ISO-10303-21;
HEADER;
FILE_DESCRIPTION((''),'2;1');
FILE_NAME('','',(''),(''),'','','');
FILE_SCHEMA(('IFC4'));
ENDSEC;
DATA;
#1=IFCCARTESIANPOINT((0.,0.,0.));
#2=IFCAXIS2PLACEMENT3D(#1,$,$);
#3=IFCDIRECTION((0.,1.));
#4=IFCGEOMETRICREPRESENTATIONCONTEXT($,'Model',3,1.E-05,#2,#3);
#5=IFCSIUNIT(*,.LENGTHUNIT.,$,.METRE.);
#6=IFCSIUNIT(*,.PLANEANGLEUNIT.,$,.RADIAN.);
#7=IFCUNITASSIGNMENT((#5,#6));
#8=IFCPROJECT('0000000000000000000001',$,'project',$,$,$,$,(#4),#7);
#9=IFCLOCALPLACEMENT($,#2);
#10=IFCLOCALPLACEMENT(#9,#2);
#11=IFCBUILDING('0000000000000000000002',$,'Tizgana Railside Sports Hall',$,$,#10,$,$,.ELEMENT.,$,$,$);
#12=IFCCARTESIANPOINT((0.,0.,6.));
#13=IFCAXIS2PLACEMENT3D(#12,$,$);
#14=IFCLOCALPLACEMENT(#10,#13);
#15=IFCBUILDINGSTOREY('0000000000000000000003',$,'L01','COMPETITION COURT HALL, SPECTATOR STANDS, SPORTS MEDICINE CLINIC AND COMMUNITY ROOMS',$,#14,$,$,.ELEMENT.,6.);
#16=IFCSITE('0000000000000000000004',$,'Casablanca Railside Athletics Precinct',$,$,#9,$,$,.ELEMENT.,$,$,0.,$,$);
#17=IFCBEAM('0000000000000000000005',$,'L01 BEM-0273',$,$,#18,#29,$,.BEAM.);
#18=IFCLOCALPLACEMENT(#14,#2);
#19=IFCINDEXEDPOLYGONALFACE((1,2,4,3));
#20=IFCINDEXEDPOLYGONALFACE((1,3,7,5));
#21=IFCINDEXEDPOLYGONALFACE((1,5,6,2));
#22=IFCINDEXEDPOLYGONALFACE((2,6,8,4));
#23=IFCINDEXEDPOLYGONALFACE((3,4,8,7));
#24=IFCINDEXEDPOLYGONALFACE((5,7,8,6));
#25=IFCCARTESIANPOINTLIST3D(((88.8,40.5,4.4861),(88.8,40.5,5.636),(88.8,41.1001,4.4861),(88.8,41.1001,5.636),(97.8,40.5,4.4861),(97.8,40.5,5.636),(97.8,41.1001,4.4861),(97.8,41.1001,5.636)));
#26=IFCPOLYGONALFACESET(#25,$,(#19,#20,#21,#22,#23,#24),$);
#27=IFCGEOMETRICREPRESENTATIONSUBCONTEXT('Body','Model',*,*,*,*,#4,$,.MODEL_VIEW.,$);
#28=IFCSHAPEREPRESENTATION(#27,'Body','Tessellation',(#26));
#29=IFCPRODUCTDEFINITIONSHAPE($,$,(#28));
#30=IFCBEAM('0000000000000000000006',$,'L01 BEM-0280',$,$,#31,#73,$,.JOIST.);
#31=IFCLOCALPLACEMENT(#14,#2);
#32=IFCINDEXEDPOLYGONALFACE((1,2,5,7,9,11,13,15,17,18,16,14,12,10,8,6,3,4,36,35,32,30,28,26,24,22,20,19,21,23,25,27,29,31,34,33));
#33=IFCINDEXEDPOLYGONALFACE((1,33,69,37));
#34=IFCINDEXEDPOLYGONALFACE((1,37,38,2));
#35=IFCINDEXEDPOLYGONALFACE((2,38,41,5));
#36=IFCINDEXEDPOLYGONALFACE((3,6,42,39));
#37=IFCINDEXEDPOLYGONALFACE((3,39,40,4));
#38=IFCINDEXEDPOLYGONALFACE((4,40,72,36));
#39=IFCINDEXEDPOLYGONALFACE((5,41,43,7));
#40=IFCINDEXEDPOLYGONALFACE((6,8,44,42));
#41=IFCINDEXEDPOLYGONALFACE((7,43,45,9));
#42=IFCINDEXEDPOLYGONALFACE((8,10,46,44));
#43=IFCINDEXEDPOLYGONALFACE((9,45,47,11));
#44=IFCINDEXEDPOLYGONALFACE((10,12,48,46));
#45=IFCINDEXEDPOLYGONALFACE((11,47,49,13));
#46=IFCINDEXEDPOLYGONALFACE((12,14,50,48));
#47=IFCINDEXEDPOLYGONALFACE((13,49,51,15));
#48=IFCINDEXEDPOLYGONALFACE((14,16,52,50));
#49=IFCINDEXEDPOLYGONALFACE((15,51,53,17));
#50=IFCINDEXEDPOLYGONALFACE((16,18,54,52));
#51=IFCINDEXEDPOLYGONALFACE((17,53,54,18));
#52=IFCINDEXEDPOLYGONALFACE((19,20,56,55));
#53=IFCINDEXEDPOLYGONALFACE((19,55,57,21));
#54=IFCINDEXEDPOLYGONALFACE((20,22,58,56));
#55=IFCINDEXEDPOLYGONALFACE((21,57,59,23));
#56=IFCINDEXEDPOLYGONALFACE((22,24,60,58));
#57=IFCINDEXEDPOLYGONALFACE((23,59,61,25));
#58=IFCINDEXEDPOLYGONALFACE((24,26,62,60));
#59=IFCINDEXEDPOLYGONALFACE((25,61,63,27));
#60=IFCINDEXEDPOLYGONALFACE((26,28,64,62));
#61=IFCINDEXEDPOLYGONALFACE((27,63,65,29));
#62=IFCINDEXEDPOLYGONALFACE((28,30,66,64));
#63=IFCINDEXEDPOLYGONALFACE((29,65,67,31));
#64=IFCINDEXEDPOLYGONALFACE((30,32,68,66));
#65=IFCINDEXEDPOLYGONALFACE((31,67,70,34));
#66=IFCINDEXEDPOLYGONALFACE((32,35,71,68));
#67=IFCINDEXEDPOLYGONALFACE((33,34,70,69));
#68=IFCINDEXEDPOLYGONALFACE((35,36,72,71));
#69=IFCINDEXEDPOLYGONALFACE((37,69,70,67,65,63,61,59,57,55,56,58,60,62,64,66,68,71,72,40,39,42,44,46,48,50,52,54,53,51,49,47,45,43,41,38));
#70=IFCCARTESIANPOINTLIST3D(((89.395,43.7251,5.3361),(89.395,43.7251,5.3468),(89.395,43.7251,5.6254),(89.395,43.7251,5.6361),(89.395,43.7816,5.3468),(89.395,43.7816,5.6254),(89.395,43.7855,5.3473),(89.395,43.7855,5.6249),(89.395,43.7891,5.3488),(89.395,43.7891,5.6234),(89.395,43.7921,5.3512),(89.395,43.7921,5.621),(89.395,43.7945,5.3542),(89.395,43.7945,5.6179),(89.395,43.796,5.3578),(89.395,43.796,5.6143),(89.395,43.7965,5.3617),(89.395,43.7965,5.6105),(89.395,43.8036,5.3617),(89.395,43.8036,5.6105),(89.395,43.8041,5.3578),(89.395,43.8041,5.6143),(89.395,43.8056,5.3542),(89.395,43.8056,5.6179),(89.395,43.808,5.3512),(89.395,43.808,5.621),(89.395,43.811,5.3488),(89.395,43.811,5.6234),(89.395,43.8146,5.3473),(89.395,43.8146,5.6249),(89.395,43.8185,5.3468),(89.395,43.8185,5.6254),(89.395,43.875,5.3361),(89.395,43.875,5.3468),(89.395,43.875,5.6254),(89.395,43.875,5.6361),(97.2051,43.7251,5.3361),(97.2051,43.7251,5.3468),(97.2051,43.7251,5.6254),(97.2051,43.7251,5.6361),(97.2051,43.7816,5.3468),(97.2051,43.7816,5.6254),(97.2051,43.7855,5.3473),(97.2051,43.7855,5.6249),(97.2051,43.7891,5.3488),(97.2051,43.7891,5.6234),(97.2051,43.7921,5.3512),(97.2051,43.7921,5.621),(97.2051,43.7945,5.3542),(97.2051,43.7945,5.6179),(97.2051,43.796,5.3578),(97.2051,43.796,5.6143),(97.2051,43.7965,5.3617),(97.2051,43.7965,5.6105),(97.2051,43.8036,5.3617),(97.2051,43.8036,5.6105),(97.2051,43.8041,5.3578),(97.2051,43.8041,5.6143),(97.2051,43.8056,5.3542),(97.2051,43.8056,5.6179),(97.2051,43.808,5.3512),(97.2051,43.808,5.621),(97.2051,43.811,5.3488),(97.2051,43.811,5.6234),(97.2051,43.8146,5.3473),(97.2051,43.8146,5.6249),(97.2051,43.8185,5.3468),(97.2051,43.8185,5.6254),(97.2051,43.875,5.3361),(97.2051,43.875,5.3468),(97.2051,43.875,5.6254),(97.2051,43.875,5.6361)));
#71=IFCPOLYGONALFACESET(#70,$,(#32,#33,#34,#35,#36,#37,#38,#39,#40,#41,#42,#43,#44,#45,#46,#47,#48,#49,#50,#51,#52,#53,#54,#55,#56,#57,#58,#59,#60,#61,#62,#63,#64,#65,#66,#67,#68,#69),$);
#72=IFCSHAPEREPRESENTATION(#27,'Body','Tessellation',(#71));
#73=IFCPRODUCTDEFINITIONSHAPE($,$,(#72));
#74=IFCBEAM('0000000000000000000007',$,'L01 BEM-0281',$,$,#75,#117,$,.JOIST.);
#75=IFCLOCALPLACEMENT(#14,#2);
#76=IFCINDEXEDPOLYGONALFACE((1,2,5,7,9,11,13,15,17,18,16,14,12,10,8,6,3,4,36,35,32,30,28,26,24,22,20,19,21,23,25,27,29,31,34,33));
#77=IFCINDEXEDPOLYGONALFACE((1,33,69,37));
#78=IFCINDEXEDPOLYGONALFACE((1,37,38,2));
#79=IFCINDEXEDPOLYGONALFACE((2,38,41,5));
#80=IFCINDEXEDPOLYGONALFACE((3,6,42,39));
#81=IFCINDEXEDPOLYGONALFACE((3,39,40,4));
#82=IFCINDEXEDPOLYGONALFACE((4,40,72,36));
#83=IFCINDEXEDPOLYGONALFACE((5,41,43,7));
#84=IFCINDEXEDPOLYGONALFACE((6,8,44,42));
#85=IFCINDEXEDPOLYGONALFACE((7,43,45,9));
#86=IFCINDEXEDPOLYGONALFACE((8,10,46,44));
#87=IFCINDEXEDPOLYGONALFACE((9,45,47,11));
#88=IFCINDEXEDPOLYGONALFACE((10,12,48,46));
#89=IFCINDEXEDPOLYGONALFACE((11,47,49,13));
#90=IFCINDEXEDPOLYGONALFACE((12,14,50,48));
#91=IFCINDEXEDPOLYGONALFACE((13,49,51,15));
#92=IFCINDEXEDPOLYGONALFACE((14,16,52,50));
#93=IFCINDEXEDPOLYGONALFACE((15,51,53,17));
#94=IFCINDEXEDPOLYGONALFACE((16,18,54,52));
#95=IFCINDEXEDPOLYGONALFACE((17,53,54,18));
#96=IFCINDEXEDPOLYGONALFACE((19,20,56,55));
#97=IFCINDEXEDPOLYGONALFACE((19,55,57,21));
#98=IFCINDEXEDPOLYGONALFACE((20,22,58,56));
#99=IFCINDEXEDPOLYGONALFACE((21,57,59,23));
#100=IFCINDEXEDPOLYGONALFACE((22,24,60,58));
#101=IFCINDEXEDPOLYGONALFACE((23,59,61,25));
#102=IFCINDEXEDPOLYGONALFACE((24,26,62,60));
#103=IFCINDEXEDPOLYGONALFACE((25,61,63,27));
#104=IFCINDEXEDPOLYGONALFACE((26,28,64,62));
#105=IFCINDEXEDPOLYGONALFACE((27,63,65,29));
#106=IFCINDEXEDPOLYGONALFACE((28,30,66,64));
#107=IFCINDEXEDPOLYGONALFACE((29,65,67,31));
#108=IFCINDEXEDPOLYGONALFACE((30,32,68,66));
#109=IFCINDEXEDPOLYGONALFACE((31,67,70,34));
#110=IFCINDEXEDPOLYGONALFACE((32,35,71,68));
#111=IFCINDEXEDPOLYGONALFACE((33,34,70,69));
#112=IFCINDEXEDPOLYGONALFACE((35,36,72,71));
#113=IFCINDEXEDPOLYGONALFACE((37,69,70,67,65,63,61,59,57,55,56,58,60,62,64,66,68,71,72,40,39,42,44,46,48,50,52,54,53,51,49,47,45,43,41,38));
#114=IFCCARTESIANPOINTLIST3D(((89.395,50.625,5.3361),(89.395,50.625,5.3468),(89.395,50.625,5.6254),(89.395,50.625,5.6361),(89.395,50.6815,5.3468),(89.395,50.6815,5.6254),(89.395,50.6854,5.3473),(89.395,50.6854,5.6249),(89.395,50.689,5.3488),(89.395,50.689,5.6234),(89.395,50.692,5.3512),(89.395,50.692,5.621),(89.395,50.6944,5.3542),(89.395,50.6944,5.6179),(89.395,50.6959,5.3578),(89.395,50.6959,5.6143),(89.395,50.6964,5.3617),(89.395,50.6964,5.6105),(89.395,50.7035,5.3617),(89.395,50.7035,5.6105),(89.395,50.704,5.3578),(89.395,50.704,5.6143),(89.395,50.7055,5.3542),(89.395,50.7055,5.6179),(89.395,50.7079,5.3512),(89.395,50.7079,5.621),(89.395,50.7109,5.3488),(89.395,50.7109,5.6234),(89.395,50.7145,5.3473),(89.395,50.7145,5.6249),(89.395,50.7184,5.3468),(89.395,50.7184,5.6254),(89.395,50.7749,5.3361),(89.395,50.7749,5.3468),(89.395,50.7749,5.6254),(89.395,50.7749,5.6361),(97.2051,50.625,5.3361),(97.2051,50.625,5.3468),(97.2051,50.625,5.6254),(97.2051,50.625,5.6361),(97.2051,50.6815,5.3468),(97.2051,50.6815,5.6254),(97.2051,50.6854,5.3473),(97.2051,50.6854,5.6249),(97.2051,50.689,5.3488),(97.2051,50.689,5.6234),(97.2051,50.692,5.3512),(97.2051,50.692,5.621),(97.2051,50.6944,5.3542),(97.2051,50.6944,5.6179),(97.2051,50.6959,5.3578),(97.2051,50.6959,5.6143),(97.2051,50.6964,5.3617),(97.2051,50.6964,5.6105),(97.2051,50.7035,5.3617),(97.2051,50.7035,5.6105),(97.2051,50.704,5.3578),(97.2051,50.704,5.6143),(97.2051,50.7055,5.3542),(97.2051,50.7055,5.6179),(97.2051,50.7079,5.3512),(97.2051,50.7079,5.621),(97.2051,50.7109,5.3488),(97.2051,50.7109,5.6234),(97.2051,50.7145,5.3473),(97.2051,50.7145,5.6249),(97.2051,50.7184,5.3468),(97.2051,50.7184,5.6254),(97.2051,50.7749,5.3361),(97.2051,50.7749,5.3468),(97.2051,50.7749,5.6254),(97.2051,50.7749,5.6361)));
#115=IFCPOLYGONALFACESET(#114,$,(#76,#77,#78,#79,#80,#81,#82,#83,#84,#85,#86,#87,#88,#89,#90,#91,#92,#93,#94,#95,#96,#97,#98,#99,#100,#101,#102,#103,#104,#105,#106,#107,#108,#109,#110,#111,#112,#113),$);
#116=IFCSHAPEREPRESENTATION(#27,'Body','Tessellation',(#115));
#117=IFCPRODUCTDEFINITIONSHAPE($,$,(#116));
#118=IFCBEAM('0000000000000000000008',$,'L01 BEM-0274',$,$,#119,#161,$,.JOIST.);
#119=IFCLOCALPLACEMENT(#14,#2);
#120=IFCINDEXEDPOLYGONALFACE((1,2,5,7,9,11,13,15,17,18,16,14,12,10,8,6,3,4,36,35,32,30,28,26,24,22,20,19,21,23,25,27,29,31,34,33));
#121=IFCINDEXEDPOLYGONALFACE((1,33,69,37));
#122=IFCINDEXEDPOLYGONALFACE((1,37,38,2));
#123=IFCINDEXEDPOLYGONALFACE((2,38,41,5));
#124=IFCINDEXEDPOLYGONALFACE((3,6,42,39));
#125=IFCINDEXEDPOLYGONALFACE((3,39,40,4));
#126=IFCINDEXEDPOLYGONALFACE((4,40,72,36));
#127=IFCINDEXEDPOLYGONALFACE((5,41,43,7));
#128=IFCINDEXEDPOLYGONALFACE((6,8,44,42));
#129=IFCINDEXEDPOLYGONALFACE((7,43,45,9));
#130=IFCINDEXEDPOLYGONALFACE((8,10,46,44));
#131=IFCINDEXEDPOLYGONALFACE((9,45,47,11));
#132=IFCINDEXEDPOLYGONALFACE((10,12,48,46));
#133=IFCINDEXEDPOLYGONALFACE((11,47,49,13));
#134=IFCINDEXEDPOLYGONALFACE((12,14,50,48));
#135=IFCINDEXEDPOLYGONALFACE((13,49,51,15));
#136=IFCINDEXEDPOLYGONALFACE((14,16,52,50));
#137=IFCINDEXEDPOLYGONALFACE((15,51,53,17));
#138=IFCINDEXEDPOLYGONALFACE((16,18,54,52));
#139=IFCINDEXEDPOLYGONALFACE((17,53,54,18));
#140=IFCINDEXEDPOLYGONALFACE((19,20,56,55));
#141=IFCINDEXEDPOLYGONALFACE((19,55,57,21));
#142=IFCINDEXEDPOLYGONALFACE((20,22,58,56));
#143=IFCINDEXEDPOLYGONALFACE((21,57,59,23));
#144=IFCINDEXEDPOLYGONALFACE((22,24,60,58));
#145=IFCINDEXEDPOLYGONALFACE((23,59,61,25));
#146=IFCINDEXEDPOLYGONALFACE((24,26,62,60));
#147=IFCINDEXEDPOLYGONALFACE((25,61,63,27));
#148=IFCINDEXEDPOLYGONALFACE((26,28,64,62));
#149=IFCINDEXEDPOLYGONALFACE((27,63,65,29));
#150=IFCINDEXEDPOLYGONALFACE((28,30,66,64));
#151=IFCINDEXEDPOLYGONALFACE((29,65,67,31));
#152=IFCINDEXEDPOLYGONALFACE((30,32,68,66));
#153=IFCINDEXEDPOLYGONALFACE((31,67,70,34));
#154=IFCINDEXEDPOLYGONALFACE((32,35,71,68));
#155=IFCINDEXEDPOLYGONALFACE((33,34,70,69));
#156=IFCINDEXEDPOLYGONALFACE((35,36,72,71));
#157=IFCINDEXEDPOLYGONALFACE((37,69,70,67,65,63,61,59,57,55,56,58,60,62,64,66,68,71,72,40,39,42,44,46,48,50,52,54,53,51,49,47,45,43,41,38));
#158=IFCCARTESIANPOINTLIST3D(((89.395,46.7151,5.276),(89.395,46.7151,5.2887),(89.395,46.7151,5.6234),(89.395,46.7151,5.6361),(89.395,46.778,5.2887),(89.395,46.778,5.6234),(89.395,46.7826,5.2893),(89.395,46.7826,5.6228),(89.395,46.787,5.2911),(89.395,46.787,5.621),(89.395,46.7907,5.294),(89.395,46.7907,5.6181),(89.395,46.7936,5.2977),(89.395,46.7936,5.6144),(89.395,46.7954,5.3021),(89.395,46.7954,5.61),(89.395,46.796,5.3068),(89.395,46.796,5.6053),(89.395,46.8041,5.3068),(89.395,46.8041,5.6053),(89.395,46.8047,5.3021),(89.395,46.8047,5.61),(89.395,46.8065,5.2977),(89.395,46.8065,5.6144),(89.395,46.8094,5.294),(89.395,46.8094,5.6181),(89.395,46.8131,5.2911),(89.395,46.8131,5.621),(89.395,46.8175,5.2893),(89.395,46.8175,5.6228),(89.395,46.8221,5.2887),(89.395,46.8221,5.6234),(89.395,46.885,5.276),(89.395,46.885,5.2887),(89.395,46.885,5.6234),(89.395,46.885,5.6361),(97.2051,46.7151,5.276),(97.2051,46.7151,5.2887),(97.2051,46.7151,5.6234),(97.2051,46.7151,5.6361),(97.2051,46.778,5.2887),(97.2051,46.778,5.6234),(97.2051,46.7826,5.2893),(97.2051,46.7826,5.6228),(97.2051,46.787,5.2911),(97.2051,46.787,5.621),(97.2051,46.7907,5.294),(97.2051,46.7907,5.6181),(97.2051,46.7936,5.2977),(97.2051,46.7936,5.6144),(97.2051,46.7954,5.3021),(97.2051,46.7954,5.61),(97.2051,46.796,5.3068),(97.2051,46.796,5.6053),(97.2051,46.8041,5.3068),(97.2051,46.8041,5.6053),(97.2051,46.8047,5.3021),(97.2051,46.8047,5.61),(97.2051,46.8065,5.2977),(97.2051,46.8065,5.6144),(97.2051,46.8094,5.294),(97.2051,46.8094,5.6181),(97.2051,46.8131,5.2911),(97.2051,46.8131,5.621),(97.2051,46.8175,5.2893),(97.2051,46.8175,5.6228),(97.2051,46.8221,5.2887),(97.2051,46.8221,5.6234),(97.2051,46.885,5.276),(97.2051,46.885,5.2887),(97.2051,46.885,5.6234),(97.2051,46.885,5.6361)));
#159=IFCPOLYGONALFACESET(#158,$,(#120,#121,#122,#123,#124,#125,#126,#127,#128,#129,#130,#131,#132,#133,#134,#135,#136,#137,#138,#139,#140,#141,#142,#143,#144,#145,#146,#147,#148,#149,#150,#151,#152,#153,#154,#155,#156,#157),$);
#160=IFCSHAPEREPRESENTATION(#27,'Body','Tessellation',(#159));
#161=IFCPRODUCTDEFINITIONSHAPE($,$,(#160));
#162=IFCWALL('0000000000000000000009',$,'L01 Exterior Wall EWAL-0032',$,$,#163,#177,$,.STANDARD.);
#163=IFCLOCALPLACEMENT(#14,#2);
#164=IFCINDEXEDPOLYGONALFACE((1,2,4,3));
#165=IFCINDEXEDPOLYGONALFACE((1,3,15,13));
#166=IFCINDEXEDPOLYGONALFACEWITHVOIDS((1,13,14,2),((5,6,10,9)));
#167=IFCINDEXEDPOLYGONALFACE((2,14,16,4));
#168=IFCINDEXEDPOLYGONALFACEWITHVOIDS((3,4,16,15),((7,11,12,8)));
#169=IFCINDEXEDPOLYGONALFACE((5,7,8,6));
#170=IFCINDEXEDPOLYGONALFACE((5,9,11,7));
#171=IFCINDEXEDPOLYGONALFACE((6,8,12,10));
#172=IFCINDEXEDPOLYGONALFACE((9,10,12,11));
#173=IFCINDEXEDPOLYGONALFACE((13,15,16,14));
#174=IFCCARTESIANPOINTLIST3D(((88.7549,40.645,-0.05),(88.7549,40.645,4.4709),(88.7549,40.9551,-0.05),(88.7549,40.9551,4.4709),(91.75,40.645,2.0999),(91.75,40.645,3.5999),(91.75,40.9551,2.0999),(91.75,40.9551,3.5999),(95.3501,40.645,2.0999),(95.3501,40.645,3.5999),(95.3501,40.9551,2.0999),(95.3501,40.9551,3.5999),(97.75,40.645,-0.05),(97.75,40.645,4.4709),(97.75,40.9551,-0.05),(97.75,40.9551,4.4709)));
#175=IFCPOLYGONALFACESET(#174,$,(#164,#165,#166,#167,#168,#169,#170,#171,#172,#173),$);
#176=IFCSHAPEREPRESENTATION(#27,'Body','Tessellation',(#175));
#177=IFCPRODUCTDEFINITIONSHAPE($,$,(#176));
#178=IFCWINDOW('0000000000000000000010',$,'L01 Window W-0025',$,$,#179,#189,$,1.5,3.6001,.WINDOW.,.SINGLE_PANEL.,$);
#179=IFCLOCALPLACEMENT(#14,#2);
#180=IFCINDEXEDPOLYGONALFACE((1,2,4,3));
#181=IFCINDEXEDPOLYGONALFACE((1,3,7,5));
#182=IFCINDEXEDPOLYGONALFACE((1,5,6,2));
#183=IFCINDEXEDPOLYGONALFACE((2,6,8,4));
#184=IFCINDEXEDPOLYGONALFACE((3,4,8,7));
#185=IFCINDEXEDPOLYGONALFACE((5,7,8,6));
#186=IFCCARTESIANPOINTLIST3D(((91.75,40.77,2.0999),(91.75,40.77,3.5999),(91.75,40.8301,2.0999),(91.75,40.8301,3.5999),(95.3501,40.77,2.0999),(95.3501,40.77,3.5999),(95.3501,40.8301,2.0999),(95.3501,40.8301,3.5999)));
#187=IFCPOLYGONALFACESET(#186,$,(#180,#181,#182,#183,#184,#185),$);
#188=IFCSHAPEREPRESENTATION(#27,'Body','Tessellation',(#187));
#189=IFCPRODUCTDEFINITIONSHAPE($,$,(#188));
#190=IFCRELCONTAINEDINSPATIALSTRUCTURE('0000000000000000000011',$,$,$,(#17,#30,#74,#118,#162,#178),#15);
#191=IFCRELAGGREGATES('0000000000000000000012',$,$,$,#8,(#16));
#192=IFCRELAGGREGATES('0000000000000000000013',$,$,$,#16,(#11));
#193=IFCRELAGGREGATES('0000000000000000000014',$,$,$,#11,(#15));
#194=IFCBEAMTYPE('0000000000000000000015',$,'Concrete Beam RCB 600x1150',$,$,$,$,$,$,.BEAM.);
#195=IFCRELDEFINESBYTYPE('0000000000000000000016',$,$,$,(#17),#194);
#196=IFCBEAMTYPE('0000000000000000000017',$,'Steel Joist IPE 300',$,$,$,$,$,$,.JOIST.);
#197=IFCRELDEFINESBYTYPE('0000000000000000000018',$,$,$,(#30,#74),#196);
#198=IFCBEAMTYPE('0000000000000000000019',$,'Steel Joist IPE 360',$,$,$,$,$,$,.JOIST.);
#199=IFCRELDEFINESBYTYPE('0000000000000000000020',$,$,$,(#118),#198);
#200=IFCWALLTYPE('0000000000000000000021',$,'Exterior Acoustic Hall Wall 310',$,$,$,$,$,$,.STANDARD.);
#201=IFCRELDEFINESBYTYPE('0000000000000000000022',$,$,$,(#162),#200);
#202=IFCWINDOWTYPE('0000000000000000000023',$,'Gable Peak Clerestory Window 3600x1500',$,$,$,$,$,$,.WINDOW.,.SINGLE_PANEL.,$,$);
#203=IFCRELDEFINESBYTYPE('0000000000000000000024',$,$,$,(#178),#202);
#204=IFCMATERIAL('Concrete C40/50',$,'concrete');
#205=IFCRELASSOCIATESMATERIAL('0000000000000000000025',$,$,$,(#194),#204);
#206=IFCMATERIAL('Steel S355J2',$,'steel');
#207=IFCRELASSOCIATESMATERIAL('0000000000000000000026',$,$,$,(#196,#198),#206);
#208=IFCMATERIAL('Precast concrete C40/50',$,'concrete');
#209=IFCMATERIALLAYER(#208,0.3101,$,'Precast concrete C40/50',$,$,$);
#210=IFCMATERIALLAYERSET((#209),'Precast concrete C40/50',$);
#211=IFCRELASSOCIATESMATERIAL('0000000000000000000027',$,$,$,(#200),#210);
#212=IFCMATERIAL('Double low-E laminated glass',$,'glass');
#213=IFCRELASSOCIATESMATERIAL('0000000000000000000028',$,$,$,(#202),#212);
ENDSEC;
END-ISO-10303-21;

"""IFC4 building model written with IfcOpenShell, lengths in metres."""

from ifc_helpers import new_model, si_unit, direction, frame, frame_2d, origin, origin_2d, place, context, subcontext, project, spatial, rectangle, i_section, extrude, material, layer, layer_set, material_profile, profile_set, type_object, element, fill, save


model = new_model("IFC4")

# Units and contexts
model_context = context("Model", 3, precision=1e-05, world=origin(), true_north=direction((0.0, 1.0)))
body_context = subcontext(model_context, "Body", "Model", "MODEL_VIEW")
ifc_project = project(units=[si_unit("LENGTHUNIT", "METRE"), si_unit("PLANEANGLEUNIT", "RADIAN")], contexts=[model_context])

# Site, building, storey
site_placement = place(None, origin())
site = spatial("IfcSite", under=ifc_project, at=site_placement, Name="Casablanca Railside Athletics Precinct", CompositionType="ELEMENT", RefElevation=0.0)
building_placement = place(site_placement, origin())
building = spatial("IfcBuilding", under=site, at=building_placement, Name="Tizgana Railside Sports Hall", CompositionType="ELEMENT")
storey_placement = place(building_placement, frame((0.0, 0.0, 6.0)))
storey = spatial("IfcBuildingStorey", under=building, at=storey_placement, Name="L01", Description="COMPETITION COURT HALL, SPECTATOR STANDS, SPORTS MEDICINE CLINIC AND COMMUNITY ROOMS", CompositionType="ELEMENT", Elevation=6.0)

# Beams
ifc_material_1 = material(Name="Concrete C40/50", Category="concrete")
ifc_material_profile_1 = material_profile(ifc_material_1, rectangle(XDim=0.6001, YDim=1.1499, at=origin_2d()), Name="RCB 600x1150")
ifc_profile_set_1 = profile_set([ifc_material_profile_1], Name="Concrete C40/50")
beam_type_1 = type_object("IfcBeamType", Name="Concrete Beam RCB 600x1150", PredefinedType="BEAM", material=ifc_profile_set_1)
beam_1_placement = place(storey_placement, frame((88.8, 40.8, 5.061), z_axis=(1.0, 0.0, 0.0), x_axis=(0.0, 1.0, 0.0)))
element("IfcBeam", 1, at=beam_1_placement, inside=storey, type_object=beam_type_1, Name="L01 BEM-0273", PredefinedType="BEAM", context=body_context, shape_type="SweptSolid", body=[
    extrude(rectangle(XDim=0.6001, YDim=1.1499, at=origin_2d()), origin(), (0.0, 0.0, 1.0), 9.0),
])
ifc_material_2 = material(Name="Steel S355J2", Category="steel")
ifc_material_profile_2 = material_profile(ifc_material_2, i_section(OverallWidth=0.1499, OverallDepth=0.3, WebThickness=0.0071, FlangeThickness=0.0107, FilletRadius=0.0149, at=origin_2d()), Name="IPE 300")
ifc_profile_set_2 = profile_set([ifc_material_profile_2], Name="Steel S355J2")
beam_type_2 = type_object("IfcBeamType", Name="Steel Joist IPE 300", PredefinedType="JOIST", material=ifc_profile_set_2)
for number, where, z_axis, x_axis, name in (
    (2, (89.395, 43.8, 5.4861), (1.0, 0.0, 0.0), (0.0, 1.0, 0.0), "L01 BEM-0280"),
    (3, (89.395, 50.7, 5.4861), (1.0, 0.0, 0.0), (0.0, 1.0, 0.0), "L01 BEM-0281"),
):
    element("IfcBeam", number, at=place(storey_placement, frame(where, z_axis=z_axis, x_axis=x_axis)), inside=storey, type_object=beam_type_2, Name=name, PredefinedType="JOIST", context=body_context, shape_type="SweptSolid", body=[
        extrude(i_section(OverallWidth=0.1499, OverallDepth=0.3, WebThickness=0.0071, FlangeThickness=0.0107, FilletRadius=0.0149, at=origin_2d()), origin(), (0.0, 0.0, 1.0), 7.8101),
    ])
ifc_material_profile_3 = material_profile(ifc_material_2, i_section(OverallWidth=0.1699, OverallDepth=0.3601, WebThickness=0.0081, FlangeThickness=0.0127, FilletRadius=0.0181, at=origin_2d()), Name="IPE 360")
ifc_profile_set_3 = profile_set([ifc_material_profile_3], Name="Steel S355J2")
beam_type_3 = type_object("IfcBeamType", Name="Steel Joist IPE 360", PredefinedType="JOIST", material=ifc_profile_set_3)
beam_2_placement = place(storey_placement, frame((89.395, 46.8, 5.4561), z_axis=(1.0, 0.0, 0.0), x_axis=(0.0, 1.0, 0.0)))
element("IfcBeam", 4, at=beam_2_placement, inside=storey, type_object=beam_type_3, Name="L01 BEM-0274", PredefinedType="JOIST", context=body_context, shape_type="SweptSolid", body=[
    extrude(i_section(OverallWidth=0.1699, OverallDepth=0.3601, WebThickness=0.0081, FlangeThickness=0.0127, FilletRadius=0.0181, at=origin_2d()), origin(), (0.0, 0.0, 1.0), 7.8101),
])

# Wall, opening, window
ifc_material_3 = material(Name="Precast concrete C40/50", Category="concrete")
ifc_layer_1 = layer(ifc_material_3, 0.3101, Name="Precast concrete C40/50")
ifc_layer_set_1 = layer_set([ifc_layer_1], Name="Precast concrete C40/50")
wall_type = type_object("IfcWallType", Name="Exterior Acoustic Hall Wall 310", PredefinedType="STANDARD", material=ifc_layer_set_1)
wall_placement = place(storey_placement, frame((97.75, 40.8, -0.05), z_axis=(0.0, 0.0, 1.0), x_axis=(-1.0, 0.0, 0.0)))
wall = element("IfcWall", 5, at=wall_placement, inside=storey, type_object=wall_type, Name="L01 Exterior Wall EWAL-0032", PredefinedType="STANDARD", context=body_context, shape_type="SweptSolid", body=[
    extrude(rectangle(XDim=8.9951, YDim=0.3101, at=frame_2d((4.4976, 0.0))), origin(), (0.0, 0.0, 1.0), 4.521),
])
opening_placement = place(wall_placement, frame((2.3999, 0.0, 2.1499)))
opening = element("IfcOpeningElement", 6, at=opening_placement, cuts=wall, PredefinedType="OPENING", context=body_context, shape_type="SweptSolid", body=[
    extrude(rectangle(XDim=3.6001, YDim=1.5, at=frame_2d((1.8, 0.75))), frame((0.0, 0.165, 0.0), z_axis=(0.0, -1.0, 0.0), x_axis=(1.0, 0.0, 0.0)), (0.0, 0.0, 1.0), 0.3301),
])
ifc_material_4 = material(Name="Double low-E laminated glass", Category="glass")
window_type = type_object("IfcWindowType", Name="Gable Peak Clerestory Window 3600x1500", PartitioningType="SINGLE_PANEL", PredefinedType="WINDOW", material=ifc_material_4)
window_placement = place(opening_placement, origin())
window = element("IfcWindow", 7, at=window_placement, inside=storey, type_object=window_type, Name="L01 Window W-0025", OverallHeight=1.5, OverallWidth=3.6001, PartitioningType="SINGLE_PANEL", PredefinedType="WINDOW", context=body_context, shape_type="SweptSolid", body=[
    extrude(rectangle(XDim=3.6001, YDim=1.5, at=frame_2d((1.8, 0.75))), frame((0.0, 0.03, 0.0), z_axis=(0.0, -1.0, 0.0), x_axis=(1.0, 0.0, 0.0)), (0.0, 0.0, 1.0), 0.0601),
])
fill(opening, window)

save(model, "model.ifc")
